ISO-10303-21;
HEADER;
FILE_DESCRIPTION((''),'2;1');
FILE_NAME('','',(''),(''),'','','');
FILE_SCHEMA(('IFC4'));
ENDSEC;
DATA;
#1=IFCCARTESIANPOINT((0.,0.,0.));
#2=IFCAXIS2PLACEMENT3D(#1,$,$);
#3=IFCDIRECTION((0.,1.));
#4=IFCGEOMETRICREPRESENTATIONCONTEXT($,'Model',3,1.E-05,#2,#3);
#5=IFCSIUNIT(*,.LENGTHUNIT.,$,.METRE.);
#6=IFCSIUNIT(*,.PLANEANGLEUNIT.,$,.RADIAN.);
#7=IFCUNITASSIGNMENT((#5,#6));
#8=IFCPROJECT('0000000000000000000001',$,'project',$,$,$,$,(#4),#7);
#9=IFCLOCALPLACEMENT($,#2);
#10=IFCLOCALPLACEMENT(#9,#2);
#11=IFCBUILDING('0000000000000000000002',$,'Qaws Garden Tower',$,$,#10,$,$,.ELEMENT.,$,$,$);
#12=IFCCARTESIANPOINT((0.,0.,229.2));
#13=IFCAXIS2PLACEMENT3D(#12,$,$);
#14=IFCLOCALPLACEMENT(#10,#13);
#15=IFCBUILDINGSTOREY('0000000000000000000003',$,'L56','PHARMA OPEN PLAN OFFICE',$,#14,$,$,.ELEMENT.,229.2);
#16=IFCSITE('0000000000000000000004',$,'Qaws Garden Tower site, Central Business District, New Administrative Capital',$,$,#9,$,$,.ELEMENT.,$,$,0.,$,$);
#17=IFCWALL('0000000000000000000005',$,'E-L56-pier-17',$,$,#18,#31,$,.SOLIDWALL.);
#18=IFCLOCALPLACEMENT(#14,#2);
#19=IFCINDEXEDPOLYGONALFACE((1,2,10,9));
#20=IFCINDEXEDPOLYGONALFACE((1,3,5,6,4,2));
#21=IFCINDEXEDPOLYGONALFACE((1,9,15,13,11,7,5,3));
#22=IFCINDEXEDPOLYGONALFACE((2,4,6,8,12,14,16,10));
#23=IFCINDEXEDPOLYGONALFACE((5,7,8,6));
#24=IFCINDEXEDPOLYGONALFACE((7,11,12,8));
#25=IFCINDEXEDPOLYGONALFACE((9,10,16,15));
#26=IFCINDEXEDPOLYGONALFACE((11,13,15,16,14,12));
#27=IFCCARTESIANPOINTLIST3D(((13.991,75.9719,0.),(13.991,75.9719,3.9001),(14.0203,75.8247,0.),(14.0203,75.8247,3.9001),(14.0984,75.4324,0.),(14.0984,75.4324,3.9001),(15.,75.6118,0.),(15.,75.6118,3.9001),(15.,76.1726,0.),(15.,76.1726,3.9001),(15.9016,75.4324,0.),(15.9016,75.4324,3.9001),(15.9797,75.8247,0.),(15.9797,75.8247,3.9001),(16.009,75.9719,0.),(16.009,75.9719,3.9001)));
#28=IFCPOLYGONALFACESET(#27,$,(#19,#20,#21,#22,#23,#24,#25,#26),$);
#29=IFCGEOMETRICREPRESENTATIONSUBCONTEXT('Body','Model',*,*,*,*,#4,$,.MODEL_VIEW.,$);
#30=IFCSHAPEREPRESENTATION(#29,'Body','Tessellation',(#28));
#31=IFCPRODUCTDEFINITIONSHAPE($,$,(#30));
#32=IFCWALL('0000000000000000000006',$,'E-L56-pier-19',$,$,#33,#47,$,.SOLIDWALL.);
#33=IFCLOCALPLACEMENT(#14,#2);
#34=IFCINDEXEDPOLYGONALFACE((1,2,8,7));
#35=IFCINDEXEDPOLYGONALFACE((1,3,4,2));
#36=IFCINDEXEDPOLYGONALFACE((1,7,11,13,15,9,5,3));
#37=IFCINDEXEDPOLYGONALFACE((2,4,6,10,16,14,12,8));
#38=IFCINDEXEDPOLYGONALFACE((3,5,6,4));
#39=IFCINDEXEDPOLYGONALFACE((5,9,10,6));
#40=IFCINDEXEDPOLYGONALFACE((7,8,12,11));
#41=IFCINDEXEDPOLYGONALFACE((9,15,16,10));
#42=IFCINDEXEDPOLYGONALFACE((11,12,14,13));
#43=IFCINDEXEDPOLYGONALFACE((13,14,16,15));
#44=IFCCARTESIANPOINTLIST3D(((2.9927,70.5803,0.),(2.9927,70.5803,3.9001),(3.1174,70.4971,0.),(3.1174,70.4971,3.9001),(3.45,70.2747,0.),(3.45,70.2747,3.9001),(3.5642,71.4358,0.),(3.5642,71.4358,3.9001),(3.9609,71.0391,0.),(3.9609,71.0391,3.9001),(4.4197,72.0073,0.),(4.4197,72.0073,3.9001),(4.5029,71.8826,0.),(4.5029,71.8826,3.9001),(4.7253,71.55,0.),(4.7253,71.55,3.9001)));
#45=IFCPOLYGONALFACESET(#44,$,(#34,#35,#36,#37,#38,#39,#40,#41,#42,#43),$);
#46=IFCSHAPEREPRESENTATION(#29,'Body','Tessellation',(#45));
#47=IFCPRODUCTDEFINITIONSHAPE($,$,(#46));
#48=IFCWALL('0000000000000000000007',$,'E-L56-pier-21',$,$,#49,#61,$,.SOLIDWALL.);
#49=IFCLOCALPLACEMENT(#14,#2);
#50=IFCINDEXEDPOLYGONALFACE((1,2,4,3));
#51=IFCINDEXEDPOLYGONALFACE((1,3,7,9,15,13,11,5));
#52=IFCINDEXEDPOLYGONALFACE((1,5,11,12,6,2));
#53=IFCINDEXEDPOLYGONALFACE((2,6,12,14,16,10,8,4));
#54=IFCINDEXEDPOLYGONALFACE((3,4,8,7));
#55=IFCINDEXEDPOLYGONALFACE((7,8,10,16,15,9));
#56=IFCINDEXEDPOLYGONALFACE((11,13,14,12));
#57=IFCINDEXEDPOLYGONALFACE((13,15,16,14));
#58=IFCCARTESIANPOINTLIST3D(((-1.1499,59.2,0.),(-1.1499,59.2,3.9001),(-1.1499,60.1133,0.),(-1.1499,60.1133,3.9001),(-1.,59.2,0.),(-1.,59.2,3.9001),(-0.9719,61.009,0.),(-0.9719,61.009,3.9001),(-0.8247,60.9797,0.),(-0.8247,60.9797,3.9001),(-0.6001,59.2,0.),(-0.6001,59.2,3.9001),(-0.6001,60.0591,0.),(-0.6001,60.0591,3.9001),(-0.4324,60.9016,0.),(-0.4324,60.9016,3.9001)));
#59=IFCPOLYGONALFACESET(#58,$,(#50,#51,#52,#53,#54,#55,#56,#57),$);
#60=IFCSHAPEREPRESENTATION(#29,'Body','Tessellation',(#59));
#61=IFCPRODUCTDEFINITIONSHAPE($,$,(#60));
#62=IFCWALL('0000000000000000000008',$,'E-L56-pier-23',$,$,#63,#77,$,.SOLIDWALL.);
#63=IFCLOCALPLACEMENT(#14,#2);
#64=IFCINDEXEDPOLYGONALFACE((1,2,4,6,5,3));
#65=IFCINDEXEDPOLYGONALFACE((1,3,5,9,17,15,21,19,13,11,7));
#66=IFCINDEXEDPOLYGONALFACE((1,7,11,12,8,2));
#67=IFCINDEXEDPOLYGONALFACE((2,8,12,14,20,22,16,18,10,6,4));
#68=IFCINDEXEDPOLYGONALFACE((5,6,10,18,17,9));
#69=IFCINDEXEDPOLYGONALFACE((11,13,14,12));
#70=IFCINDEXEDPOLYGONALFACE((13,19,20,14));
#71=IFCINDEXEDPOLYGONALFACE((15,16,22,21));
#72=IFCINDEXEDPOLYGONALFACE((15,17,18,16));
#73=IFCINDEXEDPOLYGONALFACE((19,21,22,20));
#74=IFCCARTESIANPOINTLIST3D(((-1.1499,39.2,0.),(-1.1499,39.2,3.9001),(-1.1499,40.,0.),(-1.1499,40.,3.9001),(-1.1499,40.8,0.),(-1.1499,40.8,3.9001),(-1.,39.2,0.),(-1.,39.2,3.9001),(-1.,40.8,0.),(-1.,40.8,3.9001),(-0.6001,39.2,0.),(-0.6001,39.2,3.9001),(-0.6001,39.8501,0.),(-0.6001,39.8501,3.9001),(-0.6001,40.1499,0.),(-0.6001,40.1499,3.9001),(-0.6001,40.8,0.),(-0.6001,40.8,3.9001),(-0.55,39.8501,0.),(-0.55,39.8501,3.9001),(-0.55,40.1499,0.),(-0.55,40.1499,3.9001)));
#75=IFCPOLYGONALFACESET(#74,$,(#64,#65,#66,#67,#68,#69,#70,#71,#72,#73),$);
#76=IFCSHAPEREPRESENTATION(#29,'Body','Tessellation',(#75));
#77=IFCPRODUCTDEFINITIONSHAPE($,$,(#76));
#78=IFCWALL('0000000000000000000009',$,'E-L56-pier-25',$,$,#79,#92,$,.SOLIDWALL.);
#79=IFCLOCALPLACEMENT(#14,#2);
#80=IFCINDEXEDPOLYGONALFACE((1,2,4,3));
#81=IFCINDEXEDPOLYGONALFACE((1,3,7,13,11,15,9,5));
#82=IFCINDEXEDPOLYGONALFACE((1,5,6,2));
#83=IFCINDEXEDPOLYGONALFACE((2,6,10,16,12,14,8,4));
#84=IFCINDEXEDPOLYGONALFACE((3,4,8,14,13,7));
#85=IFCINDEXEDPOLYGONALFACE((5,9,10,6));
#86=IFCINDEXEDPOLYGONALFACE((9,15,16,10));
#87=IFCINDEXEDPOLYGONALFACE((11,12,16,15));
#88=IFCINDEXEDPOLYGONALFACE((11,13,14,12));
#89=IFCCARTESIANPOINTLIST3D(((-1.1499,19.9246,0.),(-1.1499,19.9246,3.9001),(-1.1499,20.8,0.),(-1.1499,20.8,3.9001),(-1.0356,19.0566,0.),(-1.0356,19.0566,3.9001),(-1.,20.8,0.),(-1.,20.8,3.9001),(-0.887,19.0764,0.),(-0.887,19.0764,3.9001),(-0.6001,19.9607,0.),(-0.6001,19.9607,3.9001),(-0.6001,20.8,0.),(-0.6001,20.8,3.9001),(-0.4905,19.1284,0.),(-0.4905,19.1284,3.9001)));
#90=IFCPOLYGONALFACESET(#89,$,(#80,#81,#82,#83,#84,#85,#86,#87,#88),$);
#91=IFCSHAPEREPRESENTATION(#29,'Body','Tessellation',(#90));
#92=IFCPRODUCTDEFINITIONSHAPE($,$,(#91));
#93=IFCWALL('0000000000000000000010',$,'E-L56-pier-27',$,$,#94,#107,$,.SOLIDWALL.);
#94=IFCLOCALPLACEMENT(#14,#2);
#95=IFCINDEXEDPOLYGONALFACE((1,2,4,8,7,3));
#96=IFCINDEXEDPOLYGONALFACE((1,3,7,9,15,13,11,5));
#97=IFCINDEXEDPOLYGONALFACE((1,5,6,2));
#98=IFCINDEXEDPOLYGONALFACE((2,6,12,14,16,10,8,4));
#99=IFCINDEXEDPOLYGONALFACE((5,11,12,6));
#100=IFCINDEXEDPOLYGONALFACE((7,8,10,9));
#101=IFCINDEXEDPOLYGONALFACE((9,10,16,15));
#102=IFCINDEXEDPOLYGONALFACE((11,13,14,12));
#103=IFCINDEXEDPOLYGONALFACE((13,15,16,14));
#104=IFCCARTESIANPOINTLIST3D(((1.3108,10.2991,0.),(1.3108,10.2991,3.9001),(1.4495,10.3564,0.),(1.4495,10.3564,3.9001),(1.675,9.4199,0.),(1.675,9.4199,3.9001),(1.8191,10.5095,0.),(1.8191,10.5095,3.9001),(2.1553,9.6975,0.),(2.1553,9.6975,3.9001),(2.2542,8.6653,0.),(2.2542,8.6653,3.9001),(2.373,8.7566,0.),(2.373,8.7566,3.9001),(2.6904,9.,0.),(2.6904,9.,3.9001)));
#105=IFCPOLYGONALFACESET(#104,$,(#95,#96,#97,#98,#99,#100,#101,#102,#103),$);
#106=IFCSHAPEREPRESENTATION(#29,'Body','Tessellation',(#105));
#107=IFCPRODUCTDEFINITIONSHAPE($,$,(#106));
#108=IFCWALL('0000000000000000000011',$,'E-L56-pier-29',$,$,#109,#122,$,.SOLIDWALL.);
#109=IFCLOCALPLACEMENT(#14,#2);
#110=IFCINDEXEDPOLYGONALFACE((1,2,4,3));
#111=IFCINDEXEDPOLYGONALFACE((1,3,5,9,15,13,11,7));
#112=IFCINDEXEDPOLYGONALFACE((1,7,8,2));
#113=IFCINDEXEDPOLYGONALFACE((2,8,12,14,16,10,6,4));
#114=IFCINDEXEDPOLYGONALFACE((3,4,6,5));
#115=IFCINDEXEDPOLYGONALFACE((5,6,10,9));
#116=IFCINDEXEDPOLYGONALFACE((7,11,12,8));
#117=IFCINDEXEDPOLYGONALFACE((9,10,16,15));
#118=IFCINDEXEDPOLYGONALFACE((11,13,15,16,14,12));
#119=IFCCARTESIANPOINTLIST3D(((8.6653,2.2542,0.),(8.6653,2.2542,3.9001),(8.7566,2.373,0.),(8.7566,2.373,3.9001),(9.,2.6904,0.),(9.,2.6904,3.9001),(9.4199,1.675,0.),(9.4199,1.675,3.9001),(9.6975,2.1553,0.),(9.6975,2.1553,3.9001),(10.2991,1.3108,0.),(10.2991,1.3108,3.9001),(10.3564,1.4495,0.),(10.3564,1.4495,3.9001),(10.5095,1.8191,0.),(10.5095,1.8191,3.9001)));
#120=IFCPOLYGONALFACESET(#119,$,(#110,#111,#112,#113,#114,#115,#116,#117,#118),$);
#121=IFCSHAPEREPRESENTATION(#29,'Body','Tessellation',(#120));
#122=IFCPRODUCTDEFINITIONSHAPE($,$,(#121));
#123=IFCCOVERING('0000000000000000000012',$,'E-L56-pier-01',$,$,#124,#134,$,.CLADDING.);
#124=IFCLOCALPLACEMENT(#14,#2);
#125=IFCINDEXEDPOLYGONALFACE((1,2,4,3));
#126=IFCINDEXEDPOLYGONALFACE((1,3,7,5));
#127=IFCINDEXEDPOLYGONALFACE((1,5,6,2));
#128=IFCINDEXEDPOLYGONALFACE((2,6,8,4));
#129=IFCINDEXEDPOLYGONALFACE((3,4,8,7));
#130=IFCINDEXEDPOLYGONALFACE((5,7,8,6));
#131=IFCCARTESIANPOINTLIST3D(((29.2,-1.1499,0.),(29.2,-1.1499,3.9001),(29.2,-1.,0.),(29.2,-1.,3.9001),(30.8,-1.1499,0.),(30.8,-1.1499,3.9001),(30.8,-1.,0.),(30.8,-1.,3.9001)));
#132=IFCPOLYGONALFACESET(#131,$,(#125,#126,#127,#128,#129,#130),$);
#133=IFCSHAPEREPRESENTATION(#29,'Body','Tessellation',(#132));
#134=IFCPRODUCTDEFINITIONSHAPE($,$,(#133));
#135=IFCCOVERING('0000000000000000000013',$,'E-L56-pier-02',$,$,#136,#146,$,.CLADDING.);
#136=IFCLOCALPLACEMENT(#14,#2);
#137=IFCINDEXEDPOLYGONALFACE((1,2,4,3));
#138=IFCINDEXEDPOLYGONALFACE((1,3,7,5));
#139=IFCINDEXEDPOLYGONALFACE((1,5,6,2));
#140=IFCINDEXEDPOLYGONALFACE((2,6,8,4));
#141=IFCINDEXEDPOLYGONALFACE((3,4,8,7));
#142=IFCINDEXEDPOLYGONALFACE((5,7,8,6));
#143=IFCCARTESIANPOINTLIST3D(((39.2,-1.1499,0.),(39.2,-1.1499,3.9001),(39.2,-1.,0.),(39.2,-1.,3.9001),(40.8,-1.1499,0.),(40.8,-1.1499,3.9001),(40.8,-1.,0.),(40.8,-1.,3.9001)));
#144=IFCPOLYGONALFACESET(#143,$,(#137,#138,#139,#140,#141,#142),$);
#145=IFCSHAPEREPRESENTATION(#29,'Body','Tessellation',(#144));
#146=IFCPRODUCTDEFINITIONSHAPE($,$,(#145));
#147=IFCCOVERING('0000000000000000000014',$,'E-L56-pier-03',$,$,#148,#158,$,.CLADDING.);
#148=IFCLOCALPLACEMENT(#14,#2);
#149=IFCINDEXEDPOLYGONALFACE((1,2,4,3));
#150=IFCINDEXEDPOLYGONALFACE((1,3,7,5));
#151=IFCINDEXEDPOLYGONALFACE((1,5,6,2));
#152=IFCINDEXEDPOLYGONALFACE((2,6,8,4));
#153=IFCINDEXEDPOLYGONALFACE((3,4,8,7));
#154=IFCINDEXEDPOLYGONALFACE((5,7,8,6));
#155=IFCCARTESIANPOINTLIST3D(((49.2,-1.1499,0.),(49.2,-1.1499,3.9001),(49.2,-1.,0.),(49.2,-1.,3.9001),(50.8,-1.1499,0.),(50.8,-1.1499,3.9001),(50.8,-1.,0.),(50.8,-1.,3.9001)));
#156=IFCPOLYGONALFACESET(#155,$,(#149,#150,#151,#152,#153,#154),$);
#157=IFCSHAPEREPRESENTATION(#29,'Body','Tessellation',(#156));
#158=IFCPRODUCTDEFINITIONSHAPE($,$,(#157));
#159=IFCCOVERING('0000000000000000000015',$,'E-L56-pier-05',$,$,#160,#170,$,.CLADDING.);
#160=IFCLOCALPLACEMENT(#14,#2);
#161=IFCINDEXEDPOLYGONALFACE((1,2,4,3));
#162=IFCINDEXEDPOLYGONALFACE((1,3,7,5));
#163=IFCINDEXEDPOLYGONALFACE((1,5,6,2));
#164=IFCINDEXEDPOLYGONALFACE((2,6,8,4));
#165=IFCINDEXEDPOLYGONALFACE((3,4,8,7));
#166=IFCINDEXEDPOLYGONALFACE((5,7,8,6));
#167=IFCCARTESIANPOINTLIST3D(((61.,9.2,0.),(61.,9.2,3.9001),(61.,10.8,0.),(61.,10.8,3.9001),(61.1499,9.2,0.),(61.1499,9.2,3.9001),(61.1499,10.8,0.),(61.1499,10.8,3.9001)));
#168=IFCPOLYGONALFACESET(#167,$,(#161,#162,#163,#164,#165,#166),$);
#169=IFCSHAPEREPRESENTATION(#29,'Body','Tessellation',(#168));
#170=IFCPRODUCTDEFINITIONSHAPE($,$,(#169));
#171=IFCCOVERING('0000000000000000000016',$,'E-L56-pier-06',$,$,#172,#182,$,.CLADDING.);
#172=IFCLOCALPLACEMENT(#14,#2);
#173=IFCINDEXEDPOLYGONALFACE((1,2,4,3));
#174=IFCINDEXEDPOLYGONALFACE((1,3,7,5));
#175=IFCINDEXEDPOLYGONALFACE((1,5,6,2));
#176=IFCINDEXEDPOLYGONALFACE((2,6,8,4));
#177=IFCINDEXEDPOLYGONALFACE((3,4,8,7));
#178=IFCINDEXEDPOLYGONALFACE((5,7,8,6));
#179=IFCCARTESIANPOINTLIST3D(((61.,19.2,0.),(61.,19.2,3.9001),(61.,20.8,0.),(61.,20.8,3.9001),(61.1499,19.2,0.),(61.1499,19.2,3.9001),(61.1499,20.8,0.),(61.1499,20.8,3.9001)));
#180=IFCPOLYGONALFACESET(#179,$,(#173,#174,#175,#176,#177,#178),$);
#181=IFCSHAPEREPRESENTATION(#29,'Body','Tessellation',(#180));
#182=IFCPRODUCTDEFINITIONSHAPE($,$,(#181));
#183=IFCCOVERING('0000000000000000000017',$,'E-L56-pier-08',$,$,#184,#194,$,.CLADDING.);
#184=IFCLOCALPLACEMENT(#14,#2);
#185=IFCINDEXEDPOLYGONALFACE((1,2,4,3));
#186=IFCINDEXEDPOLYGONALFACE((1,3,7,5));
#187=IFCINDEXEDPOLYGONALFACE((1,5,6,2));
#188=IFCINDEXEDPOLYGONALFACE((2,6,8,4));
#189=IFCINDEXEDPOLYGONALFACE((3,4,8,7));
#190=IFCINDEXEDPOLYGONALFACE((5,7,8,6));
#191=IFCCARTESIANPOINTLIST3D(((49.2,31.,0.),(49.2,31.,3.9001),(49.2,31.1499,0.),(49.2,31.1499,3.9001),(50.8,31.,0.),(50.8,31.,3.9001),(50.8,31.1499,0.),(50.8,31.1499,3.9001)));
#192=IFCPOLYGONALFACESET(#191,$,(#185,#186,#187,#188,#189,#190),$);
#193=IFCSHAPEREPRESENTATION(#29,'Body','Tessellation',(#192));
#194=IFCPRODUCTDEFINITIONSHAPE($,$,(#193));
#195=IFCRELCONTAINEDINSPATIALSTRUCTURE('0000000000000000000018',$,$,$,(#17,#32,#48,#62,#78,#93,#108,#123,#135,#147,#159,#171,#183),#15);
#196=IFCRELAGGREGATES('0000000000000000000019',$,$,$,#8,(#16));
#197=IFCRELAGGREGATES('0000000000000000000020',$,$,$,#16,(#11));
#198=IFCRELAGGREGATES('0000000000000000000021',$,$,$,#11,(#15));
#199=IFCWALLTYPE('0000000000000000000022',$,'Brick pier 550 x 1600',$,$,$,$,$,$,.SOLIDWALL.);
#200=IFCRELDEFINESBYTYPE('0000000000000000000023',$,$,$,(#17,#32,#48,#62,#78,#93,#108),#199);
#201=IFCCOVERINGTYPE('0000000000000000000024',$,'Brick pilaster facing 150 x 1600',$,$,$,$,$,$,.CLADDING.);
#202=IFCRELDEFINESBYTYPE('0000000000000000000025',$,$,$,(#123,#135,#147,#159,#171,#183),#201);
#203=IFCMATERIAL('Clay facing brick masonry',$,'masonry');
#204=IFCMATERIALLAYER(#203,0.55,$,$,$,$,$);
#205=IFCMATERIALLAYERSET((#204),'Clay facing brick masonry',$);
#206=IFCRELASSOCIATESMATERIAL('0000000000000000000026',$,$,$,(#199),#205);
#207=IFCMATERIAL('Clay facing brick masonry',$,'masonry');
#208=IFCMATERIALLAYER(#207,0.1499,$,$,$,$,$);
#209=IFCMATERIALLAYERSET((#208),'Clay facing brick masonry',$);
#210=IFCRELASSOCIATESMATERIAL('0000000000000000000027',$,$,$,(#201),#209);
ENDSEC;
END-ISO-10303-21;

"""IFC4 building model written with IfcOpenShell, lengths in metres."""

from ifc_helpers import new_model, si_unit, direction, frame, origin, place, context, subcontext, project, spatial, polyline, outline, extrude, material, layer, layer_set, type_object, element, save


model = new_model("IFC4")

# Units and contexts
model_context = context("Model", 3, precision=1e-05, world=origin(), true_north=direction((0.0, 1.0)))
body_context = subcontext(model_context, "Body", "Model", "MODEL_VIEW")
ifc_project = project(units=[si_unit("LENGTHUNIT", "METRE"), si_unit("PLANEANGLEUNIT", "RADIAN")], contexts=[model_context])

# Site, building, storey
site_placement = place(None, origin())
site = spatial("IfcSite", under=ifc_project, at=site_placement, Name="Qaws Garden Tower site, Central Business District, New Administrative Capital", CompositionType="ELEMENT", RefElevation=0.0)
building_placement = place(site_placement, origin())
building = spatial("IfcBuilding", under=site, at=building_placement, Name="Qaws Garden Tower", CompositionType="ELEMENT")
storey_placement = place(building_placement, frame((0.0, 0.0, 229.2)))
storey = spatial("IfcBuildingStorey", under=building, at=storey_placement, Name="L56", Description="PHARMA OPEN PLAN OFFICE", CompositionType="ELEMENT", Elevation=229.2)

# Walls
placement = place(storey_placement, origin())
ifc_material_1 = material(Name="Clay facing brick masonry", Category="masonry")
ifc_layer_1 = layer(ifc_material_1, 0.55)
ifc_layer_set_1 = layer_set([ifc_layer_1], Name="Clay facing brick masonry")
wall_type_1 = type_object("IfcWallType", Name="Brick pier 550 x 1600", PredefinedType="SOLIDWALL", material=ifc_layer_set_1)
element("IfcWall", 1, at=placement, inside=storey, type_object=wall_type_1, Name="E-L56-pier-17", PredefinedType="SOLIDWALL", context=body_context, shape_type="SweptSolid", body=[
    extrude(outline(polyline([(15.9797, 75.8247), (16.009, 75.9719), (15.0, 76.1726), (13.991, 75.9719), (14.0203, 75.8247), (14.0984, 75.4324), (15.0, 75.6118), (15.9016, 75.4324), (15.9797, 75.8247)])), origin(), (0.0, 0.0, 1.0), 3.9001),
])
element("IfcWall", 2, at=placement, inside=storey, type_object=wall_type_1, Name="E-L56-pier-19", PredefinedType="SOLIDWALL", context=body_context, shape_type="SweptSolid", body=[
    extrude(outline(polyline([(4.5029, 71.8826), (4.4197, 72.0073), (3.5642, 71.4358), (2.9927, 70.5803), (3.1174, 70.4971), (3.45, 70.2747), (3.9609, 71.0391), (4.7253, 71.55), (4.5029, 71.8826)])), origin(), (0.0, 0.0, 1.0), 3.9001),
])
element("IfcWall", 3, at=placement, inside=storey, type_object=wall_type_1, Name="E-L56-pier-21", PredefinedType="SOLIDWALL", context=body_context, shape_type="SweptSolid", body=[
    extrude(outline(polyline([(-0.8247, 60.9797), (-0.9719, 61.009), (-1.1499, 60.1133), (-1.1499, 59.2), (-1.0, 59.2), (-0.6001, 59.2), (-0.6001, 60.0591), (-0.4324, 60.9016), (-0.8247, 60.9797)])), origin(), (0.0, 0.0, 1.0), 3.9001),
])
element("IfcWall", 4, at=placement, inside=storey, type_object=wall_type_1, Name="E-L56-pier-23", PredefinedType="SOLIDWALL", context=body_context, shape_type="SweptSolid", body=[
    extrude(outline(polyline([(-0.6001, 39.2), (-0.6001, 39.8501), (-0.55, 39.8501), (-0.55, 40.1499), (-0.6001, 40.1499), (-0.6001, 40.8), (-1.0, 40.8), (-1.1499, 40.8), (-1.1499, 40.0), (-1.1499, 39.2), (-1.0, 39.2), (-0.6001, 39.2)])), origin(), (0.0, 0.0, 1.0), 3.9001),
])
element("IfcWall", 5, at=placement, inside=storey, type_object=wall_type_1, Name="E-L56-pier-25", PredefinedType="SOLIDWALL", context=body_context, shape_type="SweptSolid", body=[
    extrude(outline(polyline([(-1.0, 20.8), (-1.1499, 20.8), (-1.1499, 19.9246), (-1.0356, 19.0566), (-0.887, 19.0764), (-0.4905, 19.1284), (-0.6001, 19.9607), (-0.6001, 20.8), (-1.0, 20.8)])), origin(), (0.0, 0.0, 1.0), 3.9001),
])
element("IfcWall", 6, at=placement, inside=storey, type_object=wall_type_1, Name="E-L56-pier-27", PredefinedType="SOLIDWALL", context=body_context, shape_type="SweptSolid", body=[
    extrude(outline(polyline([(1.4495, 10.3564), (1.3108, 10.2991), (1.675, 9.4199), (2.2542, 8.6653), (2.373, 8.7566), (2.6904, 9.0), (2.1553, 9.6975), (1.8191, 10.5095), (1.4495, 10.3564)])), origin(), (0.0, 0.0, 1.0), 3.9001),
])
element("IfcWall", 7, at=placement, inside=storey, type_object=wall_type_1, Name="E-L56-pier-29", PredefinedType="SOLIDWALL", context=body_context, shape_type="SweptSolid", body=[
    extrude(outline(polyline([(8.7566, 2.373), (8.6653, 2.2542), (9.4199, 1.675), (10.2991, 1.3108), (10.3564, 1.4495), (10.5095, 1.8191), (9.6975, 2.1553), (9.0, 2.6904), (8.7566, 2.373)])), origin(), (0.0, 0.0, 1.0), 3.9001),
])

# Coverings
ifc_material_2 = material(Name="Clay facing brick masonry", Category="masonry")
ifc_layer_2 = layer(ifc_material_2, 0.1499)
ifc_layer_set_2 = layer_set([ifc_layer_2], Name="Clay facing brick masonry")
covering_type = type_object("IfcCoveringType", Name="Brick pilaster facing 150 x 1600", PredefinedType="CLADDING", material=ifc_layer_set_2)
element("IfcCovering", 8, at=placement, inside=storey, type_object=covering_type, Name="E-L56-pier-01", PredefinedType="CLADDING", context=body_context, shape_type="SweptSolid", body=[
    extrude(outline(polyline([(29.2, -1.0), (30.8, -1.0), (30.8, -1.1499), (29.2, -1.1499), (29.2, -1.0)])), origin(), (0.0, 0.0, 1.0), 3.9001),
])
element("IfcCovering", 9, at=placement, inside=storey, type_object=covering_type, Name="E-L56-pier-02", PredefinedType="CLADDING", context=body_context, shape_type="SweptSolid", body=[
    extrude(outline(polyline([(39.2, -1.0), (40.8, -1.0), (40.8, -1.1499), (39.2, -1.1499), (39.2, -1.0)])), origin(), (0.0, 0.0, 1.0), 3.9001),
])
element("IfcCovering", 10, at=placement, inside=storey, type_object=covering_type, Name="E-L56-pier-03", PredefinedType="CLADDING", context=body_context, shape_type="SweptSolid", body=[
    extrude(outline(polyline([(49.2, -1.0), (50.8, -1.0), (50.8, -1.1499), (49.2, -1.1499), (49.2, -1.0)])), origin(), (0.0, 0.0, 1.0), 3.9001),
])
element("IfcCovering", 11, at=placement, inside=storey, type_object=covering_type, Name="E-L56-pier-05", PredefinedType="CLADDING", context=body_context, shape_type="SweptSolid", body=[
    extrude(outline(polyline([(61.0, 9.2), (61.0, 10.8), (61.1499, 10.8), (61.1499, 9.2), (61.0, 9.2)])), origin(), (0.0, 0.0, 1.0), 3.9001),
])
element("IfcCovering", 12, at=placement, inside=storey, type_object=covering_type, Name="E-L56-pier-06", PredefinedType="CLADDING", context=body_context, shape_type="SweptSolid", body=[
    extrude(outline(polyline([(61.0, 19.2), (61.0, 20.8), (61.1499, 20.8), (61.1499, 19.2), (61.0, 19.2)])), origin(), (0.0, 0.0, 1.0), 3.9001),
])
element("IfcCovering", 13, at=placement, inside=storey, type_object=covering_type, Name="E-L56-pier-08", PredefinedType="CLADDING", context=body_context, shape_type="SweptSolid", body=[
    extrude(outline(polyline([(50.8, 31.0), (49.2, 31.0), (49.2, 31.1499), (50.8, 31.1499), (50.8, 31.0)])), origin(), (0.0, 0.0, 1.0), 3.9001),
])

save(model, "model.ifc")
